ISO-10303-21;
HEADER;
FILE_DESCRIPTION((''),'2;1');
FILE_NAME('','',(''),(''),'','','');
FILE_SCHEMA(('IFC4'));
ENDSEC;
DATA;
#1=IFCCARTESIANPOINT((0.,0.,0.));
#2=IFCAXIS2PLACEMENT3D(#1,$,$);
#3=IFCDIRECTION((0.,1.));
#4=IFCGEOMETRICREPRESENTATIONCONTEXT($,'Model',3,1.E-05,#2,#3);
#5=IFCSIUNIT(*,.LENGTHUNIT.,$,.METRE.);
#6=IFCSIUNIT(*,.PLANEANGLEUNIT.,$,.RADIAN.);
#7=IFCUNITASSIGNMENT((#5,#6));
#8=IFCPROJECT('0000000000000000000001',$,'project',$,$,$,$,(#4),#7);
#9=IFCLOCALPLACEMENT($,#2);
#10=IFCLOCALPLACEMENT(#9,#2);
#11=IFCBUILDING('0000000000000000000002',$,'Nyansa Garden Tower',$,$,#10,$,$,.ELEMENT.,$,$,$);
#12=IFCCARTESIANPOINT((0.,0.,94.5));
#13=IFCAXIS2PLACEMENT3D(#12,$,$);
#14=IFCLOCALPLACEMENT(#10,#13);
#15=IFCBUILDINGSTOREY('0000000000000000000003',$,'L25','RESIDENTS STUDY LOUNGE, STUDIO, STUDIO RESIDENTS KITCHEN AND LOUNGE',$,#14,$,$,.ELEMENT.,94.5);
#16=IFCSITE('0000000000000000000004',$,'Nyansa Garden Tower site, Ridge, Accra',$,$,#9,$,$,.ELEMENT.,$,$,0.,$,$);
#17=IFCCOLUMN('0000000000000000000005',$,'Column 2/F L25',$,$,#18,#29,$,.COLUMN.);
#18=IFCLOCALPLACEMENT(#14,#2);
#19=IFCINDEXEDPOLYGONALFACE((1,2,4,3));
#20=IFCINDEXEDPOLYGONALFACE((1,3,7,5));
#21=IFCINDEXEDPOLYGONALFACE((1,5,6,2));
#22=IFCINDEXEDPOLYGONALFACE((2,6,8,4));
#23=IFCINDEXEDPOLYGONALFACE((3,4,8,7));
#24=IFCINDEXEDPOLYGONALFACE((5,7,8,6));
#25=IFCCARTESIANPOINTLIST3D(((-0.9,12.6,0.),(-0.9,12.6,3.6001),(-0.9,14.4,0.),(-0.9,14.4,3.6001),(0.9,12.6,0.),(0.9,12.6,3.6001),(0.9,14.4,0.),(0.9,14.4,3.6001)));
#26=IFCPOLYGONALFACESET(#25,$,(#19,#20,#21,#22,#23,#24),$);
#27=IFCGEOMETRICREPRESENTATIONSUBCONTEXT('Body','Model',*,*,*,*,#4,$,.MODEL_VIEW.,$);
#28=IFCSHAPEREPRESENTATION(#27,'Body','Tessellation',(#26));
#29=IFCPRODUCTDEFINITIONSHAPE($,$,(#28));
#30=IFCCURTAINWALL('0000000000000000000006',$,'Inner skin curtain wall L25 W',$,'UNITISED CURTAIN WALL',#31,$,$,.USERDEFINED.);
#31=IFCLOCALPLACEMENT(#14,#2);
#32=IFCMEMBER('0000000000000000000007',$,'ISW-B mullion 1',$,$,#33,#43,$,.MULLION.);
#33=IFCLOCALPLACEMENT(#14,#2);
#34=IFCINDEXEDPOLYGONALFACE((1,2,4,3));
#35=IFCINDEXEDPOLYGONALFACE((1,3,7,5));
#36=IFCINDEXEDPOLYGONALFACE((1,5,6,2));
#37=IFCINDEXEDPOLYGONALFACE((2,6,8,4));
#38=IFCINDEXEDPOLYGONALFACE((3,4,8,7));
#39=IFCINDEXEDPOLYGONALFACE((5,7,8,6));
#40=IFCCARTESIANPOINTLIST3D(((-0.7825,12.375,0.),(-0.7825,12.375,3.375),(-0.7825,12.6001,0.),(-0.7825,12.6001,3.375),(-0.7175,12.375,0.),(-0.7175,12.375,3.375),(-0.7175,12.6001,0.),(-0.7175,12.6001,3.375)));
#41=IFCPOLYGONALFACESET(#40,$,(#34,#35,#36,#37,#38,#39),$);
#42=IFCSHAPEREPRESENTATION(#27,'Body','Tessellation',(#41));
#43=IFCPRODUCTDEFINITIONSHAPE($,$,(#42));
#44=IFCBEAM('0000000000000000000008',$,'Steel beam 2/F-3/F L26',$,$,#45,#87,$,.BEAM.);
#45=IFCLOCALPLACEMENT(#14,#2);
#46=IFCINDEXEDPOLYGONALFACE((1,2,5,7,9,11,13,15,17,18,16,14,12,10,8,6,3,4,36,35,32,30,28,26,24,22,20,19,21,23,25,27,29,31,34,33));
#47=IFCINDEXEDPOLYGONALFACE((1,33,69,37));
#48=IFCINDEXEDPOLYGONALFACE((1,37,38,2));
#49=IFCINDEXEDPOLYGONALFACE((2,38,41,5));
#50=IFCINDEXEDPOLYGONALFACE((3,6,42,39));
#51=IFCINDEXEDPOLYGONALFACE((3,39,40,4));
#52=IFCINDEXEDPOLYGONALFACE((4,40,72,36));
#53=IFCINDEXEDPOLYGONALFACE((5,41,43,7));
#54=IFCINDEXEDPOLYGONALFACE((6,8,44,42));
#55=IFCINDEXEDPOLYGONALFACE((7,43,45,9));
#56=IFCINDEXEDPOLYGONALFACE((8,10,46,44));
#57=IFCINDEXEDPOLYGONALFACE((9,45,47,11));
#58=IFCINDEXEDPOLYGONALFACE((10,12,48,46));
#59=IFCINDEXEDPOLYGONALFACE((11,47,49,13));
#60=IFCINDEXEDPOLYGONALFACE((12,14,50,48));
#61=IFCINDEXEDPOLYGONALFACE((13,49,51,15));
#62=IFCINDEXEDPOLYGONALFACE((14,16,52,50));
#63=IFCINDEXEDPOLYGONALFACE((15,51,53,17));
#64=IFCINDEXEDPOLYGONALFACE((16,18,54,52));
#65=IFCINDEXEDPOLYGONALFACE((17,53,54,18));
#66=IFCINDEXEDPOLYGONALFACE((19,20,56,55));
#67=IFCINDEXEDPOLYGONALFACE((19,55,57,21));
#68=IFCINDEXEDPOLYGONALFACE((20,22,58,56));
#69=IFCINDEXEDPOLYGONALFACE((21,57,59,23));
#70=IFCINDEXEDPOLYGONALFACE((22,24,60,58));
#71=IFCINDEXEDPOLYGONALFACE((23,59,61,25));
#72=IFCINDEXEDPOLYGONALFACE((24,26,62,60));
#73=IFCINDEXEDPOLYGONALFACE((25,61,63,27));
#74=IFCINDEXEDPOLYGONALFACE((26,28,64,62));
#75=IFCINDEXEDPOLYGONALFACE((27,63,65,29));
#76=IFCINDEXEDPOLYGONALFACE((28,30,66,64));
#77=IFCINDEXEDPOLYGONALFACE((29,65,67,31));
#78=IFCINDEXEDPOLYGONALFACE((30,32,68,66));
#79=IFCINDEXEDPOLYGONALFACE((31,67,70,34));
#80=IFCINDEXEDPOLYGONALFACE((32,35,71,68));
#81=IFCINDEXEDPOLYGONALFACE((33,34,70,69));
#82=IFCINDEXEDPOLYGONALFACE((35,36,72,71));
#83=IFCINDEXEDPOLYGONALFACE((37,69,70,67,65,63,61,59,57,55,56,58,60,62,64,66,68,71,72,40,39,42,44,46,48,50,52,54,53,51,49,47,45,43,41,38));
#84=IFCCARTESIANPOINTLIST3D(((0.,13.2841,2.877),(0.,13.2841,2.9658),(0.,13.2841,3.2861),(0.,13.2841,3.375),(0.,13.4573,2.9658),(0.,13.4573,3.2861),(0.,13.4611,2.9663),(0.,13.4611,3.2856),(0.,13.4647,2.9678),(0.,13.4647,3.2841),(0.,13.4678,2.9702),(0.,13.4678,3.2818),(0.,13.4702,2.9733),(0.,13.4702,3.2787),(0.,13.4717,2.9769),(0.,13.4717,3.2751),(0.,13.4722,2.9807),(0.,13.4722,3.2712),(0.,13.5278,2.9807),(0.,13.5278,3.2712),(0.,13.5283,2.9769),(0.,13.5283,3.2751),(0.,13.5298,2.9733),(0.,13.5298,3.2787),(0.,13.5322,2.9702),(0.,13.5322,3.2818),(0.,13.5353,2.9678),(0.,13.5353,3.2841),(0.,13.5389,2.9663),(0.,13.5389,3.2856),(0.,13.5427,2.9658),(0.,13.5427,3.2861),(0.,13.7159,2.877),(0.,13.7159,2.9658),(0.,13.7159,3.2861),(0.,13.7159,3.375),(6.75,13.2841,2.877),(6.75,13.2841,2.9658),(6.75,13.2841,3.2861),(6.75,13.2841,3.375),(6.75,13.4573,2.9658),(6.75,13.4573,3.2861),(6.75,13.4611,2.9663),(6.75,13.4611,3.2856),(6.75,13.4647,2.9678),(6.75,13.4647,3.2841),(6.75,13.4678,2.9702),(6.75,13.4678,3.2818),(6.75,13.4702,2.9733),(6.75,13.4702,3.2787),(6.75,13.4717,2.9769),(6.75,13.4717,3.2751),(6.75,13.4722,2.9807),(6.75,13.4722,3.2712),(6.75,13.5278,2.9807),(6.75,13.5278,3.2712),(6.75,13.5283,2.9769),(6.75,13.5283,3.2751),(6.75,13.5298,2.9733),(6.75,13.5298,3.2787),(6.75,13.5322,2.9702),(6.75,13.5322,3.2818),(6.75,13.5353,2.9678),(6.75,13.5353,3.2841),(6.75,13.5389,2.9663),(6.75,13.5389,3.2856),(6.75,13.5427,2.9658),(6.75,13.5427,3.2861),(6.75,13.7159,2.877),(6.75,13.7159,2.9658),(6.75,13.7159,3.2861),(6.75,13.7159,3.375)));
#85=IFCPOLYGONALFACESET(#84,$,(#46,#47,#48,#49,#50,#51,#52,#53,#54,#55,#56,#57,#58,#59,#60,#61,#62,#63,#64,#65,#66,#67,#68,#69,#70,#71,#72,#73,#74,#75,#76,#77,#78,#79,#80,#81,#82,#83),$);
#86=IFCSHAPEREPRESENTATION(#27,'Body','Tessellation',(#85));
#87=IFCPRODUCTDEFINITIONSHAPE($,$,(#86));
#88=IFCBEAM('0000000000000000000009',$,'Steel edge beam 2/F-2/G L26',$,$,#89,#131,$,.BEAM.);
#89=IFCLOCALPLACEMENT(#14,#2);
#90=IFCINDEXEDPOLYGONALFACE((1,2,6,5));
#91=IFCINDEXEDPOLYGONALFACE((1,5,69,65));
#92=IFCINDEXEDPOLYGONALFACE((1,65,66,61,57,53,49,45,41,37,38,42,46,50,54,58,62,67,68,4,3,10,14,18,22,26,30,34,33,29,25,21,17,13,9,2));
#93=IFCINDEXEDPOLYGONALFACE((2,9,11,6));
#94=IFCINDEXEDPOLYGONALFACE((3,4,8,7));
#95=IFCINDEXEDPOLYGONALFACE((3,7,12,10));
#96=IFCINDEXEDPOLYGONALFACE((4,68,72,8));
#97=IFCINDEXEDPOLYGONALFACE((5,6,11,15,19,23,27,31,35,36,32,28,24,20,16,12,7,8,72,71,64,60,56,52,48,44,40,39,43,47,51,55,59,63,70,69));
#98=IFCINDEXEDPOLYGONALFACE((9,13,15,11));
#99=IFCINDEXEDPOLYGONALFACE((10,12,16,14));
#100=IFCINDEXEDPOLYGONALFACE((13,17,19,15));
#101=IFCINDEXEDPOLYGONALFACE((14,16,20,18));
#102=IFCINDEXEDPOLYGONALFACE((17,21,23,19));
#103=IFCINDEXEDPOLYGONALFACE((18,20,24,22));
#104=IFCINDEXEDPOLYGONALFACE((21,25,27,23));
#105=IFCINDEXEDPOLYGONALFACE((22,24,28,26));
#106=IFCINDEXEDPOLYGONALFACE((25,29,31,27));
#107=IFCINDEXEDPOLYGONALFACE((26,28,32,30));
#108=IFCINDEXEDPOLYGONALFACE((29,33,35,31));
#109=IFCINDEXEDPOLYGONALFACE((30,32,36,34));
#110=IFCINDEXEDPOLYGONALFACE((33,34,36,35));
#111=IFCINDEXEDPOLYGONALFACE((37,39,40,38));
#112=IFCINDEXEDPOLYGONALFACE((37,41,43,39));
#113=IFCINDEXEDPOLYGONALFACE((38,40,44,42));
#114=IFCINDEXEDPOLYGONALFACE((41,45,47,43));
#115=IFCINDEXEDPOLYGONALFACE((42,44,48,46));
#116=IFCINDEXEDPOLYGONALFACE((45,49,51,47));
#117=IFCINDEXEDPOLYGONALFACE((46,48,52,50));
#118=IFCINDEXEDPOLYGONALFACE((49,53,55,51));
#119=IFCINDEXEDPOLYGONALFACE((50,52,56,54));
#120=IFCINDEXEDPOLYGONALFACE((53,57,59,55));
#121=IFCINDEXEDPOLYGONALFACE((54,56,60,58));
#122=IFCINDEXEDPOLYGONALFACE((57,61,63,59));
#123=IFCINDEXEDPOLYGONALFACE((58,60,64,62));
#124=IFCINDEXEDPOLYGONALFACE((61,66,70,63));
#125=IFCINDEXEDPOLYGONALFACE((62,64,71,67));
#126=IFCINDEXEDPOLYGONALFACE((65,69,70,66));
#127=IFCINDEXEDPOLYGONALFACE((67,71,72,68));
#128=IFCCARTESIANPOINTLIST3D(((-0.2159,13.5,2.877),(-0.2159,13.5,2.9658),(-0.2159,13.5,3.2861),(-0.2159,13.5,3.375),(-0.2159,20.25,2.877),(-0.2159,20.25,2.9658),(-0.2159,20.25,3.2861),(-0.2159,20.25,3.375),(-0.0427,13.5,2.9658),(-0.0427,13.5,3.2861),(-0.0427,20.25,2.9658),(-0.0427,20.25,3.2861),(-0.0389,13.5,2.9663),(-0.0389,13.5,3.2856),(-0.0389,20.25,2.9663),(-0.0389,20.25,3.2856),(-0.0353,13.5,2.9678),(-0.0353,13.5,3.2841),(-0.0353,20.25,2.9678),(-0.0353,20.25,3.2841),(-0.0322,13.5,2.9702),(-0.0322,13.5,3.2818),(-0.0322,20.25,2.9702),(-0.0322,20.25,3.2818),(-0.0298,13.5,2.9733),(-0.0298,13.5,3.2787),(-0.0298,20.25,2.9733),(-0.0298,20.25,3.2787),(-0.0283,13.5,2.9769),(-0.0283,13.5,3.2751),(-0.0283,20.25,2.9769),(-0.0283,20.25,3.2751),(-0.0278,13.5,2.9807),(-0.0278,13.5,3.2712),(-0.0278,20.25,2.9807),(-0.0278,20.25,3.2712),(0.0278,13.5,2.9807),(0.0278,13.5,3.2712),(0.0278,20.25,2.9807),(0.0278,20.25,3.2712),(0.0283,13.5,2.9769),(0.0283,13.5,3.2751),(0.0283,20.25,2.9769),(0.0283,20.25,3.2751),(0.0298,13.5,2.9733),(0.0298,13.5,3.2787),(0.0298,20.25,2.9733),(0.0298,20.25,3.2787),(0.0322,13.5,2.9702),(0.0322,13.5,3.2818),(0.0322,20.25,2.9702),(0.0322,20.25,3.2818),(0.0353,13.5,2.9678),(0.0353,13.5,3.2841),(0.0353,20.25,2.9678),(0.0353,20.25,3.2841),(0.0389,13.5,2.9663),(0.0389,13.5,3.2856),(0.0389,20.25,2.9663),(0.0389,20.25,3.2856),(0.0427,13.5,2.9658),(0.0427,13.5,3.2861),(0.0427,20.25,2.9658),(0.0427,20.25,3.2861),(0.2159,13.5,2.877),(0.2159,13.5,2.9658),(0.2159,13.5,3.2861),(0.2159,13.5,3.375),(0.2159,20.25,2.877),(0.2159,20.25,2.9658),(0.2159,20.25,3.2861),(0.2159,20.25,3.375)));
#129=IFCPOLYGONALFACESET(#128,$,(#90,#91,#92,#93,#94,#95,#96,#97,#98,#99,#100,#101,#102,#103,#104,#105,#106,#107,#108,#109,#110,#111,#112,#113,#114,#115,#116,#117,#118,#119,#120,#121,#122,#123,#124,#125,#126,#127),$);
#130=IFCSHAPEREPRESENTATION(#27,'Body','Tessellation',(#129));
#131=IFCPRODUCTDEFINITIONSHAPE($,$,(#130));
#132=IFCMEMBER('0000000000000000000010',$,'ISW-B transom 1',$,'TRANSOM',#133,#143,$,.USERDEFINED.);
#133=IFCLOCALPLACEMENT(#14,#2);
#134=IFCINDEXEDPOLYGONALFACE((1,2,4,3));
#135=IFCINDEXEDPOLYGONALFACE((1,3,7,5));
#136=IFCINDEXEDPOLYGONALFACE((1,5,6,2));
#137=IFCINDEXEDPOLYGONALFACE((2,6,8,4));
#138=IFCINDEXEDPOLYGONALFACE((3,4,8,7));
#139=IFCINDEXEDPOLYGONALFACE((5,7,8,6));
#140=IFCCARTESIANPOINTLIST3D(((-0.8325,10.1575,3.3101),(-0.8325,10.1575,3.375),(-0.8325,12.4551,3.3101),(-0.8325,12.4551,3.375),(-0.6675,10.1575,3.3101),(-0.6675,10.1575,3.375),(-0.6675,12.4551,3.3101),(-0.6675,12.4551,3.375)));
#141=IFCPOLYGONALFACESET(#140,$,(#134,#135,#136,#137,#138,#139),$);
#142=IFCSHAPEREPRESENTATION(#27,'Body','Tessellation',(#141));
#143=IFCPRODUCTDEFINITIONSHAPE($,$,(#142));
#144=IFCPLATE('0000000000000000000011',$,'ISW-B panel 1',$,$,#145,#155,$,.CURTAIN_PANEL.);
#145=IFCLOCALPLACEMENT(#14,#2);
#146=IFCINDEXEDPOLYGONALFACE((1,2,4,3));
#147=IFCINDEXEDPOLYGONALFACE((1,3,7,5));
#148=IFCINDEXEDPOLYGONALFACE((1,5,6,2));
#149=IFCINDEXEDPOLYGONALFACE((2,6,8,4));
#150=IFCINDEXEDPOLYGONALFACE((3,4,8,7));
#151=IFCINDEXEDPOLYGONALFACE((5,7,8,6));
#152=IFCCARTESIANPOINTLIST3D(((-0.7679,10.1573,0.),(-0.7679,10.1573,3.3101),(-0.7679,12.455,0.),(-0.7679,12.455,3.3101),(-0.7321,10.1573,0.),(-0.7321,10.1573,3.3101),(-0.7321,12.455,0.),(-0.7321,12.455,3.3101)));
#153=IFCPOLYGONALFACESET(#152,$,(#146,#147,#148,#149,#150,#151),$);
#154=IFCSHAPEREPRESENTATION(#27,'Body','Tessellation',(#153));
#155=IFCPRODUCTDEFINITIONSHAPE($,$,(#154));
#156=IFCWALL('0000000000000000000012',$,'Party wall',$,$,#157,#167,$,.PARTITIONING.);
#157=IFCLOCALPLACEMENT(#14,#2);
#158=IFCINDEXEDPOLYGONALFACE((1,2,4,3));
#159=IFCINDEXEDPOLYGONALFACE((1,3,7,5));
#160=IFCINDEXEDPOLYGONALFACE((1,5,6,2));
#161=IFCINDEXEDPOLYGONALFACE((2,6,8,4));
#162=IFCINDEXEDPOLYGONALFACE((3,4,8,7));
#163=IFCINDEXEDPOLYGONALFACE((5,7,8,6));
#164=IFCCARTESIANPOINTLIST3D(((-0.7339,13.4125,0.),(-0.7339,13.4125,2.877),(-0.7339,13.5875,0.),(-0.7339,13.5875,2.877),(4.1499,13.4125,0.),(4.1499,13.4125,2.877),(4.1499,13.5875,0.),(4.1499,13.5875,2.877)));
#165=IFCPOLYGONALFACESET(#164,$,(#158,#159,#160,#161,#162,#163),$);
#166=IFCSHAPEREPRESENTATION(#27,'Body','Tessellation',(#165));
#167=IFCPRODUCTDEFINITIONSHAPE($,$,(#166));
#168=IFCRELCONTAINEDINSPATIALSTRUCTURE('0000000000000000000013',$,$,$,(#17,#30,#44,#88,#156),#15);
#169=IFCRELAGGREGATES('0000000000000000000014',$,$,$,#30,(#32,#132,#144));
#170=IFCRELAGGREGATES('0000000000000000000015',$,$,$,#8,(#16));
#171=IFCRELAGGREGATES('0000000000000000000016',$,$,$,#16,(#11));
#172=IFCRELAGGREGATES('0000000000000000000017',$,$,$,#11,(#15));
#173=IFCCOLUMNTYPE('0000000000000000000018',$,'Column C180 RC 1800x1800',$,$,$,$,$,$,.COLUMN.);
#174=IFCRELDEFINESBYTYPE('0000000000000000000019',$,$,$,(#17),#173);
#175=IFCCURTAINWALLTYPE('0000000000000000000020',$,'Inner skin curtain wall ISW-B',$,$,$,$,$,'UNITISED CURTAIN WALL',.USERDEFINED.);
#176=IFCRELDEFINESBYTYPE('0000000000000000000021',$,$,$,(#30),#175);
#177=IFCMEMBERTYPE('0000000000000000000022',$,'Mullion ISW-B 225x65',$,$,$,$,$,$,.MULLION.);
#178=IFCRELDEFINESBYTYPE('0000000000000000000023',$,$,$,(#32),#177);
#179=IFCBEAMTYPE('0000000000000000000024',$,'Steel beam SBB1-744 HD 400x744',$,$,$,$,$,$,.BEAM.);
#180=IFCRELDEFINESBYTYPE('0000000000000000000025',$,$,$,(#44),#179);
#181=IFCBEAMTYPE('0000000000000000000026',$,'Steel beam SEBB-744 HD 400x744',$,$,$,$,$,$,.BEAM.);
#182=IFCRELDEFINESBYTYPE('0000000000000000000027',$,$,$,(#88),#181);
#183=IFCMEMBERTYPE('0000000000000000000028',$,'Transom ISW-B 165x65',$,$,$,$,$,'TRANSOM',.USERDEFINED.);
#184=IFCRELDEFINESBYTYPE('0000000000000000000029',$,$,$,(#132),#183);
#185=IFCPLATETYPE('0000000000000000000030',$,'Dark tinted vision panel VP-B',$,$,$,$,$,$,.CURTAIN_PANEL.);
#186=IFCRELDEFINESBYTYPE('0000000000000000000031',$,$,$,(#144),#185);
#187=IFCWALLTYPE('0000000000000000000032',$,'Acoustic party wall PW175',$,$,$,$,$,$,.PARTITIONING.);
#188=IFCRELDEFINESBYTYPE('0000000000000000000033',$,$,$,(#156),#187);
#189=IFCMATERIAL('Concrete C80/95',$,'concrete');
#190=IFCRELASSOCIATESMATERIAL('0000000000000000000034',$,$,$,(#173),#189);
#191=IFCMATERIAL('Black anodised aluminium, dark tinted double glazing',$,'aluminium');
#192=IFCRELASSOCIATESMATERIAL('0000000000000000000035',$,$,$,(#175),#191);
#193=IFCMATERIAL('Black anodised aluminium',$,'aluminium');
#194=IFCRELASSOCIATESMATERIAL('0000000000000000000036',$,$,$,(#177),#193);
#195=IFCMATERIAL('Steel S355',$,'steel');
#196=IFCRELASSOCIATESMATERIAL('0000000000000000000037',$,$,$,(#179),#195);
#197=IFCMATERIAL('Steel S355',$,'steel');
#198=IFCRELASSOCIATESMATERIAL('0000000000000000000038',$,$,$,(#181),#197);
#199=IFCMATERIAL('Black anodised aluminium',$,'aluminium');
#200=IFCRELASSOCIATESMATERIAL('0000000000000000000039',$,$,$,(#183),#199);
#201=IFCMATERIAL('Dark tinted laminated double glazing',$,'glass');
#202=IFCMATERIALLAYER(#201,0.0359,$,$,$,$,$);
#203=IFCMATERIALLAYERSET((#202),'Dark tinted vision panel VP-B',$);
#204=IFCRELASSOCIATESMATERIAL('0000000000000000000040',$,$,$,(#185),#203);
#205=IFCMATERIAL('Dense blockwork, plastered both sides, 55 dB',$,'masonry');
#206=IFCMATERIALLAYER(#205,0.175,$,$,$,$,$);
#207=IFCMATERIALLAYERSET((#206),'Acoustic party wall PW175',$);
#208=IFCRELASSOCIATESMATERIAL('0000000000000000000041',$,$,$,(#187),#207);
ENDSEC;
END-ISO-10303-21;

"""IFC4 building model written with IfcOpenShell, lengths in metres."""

from ifc_helpers import new_model, si_unit, direction, frame, frame_2d, origin, origin_2d, place, context, subcontext, project, spatial, rectangle, i_section, extrude, material, layer, layer_set, material_profile, profile_set, type_object, element, aggregate, save


model = new_model("IFC4")

# Units and contexts
model_context = context("Model", 3, precision=1e-05, world=origin(), true_north=direction((0.0, 1.0)))
body_context = subcontext(model_context, "Body", "Model", "MODEL_VIEW")
ifc_project = project(units=[si_unit("LENGTHUNIT", "METRE"), si_unit("PLANEANGLEUNIT", "RADIAN")], contexts=[model_context])

# Site, building, storey
site_placement = place(None, origin())
site = spatial("IfcSite", under=ifc_project, at=site_placement, Name="Nyansa Garden Tower site, Ridge, Accra", CompositionType="ELEMENT", RefElevation=0.0)
building_placement = place(site_placement, origin())
building = spatial("IfcBuilding", under=site, at=building_placement, Name="Nyansa Garden Tower", CompositionType="ELEMENT")
storey_placement = place(building_placement, frame((0.0, 0.0, 94.5)))
storey = spatial("IfcBuildingStorey", under=building, at=storey_placement, Name="L25", Description="RESIDENTS STUDY LOUNGE, STUDIO, STUDIO RESIDENTS KITCHEN AND LOUNGE", CompositionType="ELEMENT", Elevation=94.5)

# Column
ifc_material_1 = material(Name="Concrete C80/95", Category="concrete")
ifc_material_profile_1 = material_profile(ifc_material_1, rectangle(XDim=1.8, YDim=1.8, at=origin_2d()), Name="RC 1800x1800")
ifc_profile_set_1 = profile_set([ifc_material_profile_1], Name="Concrete C80/95")
column_type = type_object("IfcColumnType", Name="Column C180 RC 1800x1800", PredefinedType="COLUMN", material=ifc_profile_set_1)
column_placement = place(storey_placement, frame((0.0, 13.5, 0.0), z_axis=(0.0, 0.0, 1.0), x_axis=(1.0, 0.0, 0.0)))
element("IfcColumn", 1, at=column_placement, inside=storey, type_object=column_type, Name="Column 2/F L25", PredefinedType="COLUMN", context=body_context, shape_type="SweptSolid", body=[
    extrude(rectangle(XDim=1.8, YDim=1.8, at=origin_2d()), origin(), (0.0, 0.0, 1.0), 3.6001),
])

# Curtain wall, member
ifc_material_2 = material(Name="Black anodised aluminium, dark tinted double glazing", Category="aluminium")
curtain_wall_type = type_object("IfcCurtainWallType", Name="Inner skin curtain wall ISW-B", ElementType="UNITISED CURTAIN WALL", PredefinedType="USERDEFINED", material=ifc_material_2)
curtain_wall_placement = place(storey_placement, origin())
curtain_wall = element("IfcCurtainWall", 2, at=curtain_wall_placement, inside=storey, type_object=curtain_wall_type, Name="Inner skin curtain wall L25 W", ObjectType="UNITISED CURTAIN WALL", PredefinedType="USERDEFINED")
ifc_material_3 = material(Name="Black anodised aluminium", Category="aluminium")
ifc_material_profile_2 = material_profile(ifc_material_3, rectangle(XDim=0.0649, YDim=0.2251, at=origin_2d()), Name="Mullion 225x65")
ifc_profile_set_2 = profile_set([ifc_material_profile_2], Name="Black anodised aluminium")
member_type_1 = type_object("IfcMemberType", Name="Mullion ISW-B 225x65", PredefinedType="MULLION", material=ifc_profile_set_2)
member_1_placement = place(storey_placement, frame((-0.75, 12.4875, 0.0), z_axis=(0.0, 0.0, 1.0), x_axis=(1.0, 0.0, 0.0)))
member_1 = element("IfcMember", 3, at=member_1_placement, type_object=member_type_1, Name="ISW-B mullion 1", PredefinedType="MULLION", context=body_context, shape_type="SweptSolid", body=[
    extrude(rectangle(XDim=0.0649, YDim=0.2251, at=origin_2d()), origin(), (0.0, 0.0, 1.0), 3.375),
])

# Beams
ifc_material_4 = material(Name="Steel S355", Category="steel")
ifc_material_profile_3 = material_profile(ifc_material_4, i_section(OverallWidth=0.4319, OverallDepth=0.498, WebThickness=0.0557, FlangeThickness=0.0889, FilletRadius=0.0149, at=origin_2d()), Name="HD 400x744")
ifc_profile_set_3 = profile_set([ifc_material_profile_3], Name="Steel S355")
beam_type_1 = type_object("IfcBeamType", Name="Steel beam SBB1-744 HD 400x744", PredefinedType="BEAM", material=ifc_profile_set_3)
beam_1_placement = place(storey_placement, frame((0.0, 13.5, 3.126), z_axis=(1.0, 0.0, 0.0), x_axis=(0.0, 1.0, 0.0)))
element("IfcBeam", 4, at=beam_1_placement, inside=storey, type_object=beam_type_1, Name="Steel beam 2/F-3/F L26", PredefinedType="BEAM", context=body_context, shape_type="SweptSolid", body=[
    extrude(i_section(OverallWidth=0.4319, OverallDepth=0.498, WebThickness=0.0557, FlangeThickness=0.0889, FilletRadius=0.0149, at=origin_2d()), origin(), (0.0, 0.0, 1.0), 6.75),
])
ifc_material_5 = material(Name="Steel S355", Category="steel")
ifc_material_profile_4 = material_profile(ifc_material_5, i_section(OverallWidth=0.4319, OverallDepth=0.498, WebThickness=0.0557, FlangeThickness=0.0889, FilletRadius=0.0149, at=origin_2d()), Name="HD 400x744")
ifc_profile_set_4 = profile_set([ifc_material_profile_4], Name="Steel S355")
beam_type_2 = type_object("IfcBeamType", Name="Steel beam SEBB-744 HD 400x744", PredefinedType="BEAM", material=ifc_profile_set_4)
beam_2_placement = place(storey_placement, frame((0.0, 13.5, 3.126), z_axis=(0.0, 1.0, 0.0), x_axis=(-1.0, 0.0, 0.0)))
element("IfcBeam", 5, at=beam_2_placement, inside=storey, type_object=beam_type_2, Name="Steel edge beam 2/F-2/G L26", PredefinedType="BEAM", context=body_context, shape_type="SweptSolid", body=[
    extrude(i_section(OverallWidth=0.4319, OverallDepth=0.498, WebThickness=0.0557, FlangeThickness=0.0889, FilletRadius=0.0149, at=origin_2d()), origin(), (0.0, 0.0, 1.0), 6.75),
])

# Member
ifc_material_6 = material(Name="Black anodised aluminium", Category="aluminium")
ifc_material_profile_5 = material_profile(ifc_material_6, rectangle(XDim=0.165, YDim=0.0649, at=origin_2d()), Name="Transom 165x65")
ifc_profile_set_5 = profile_set([ifc_material_profile_5], Name="Black anodised aluminium")
member_type_2 = type_object("IfcMemberType", Name="Transom ISW-B 165x65", ElementType="TRANSOM", PredefinedType="USERDEFINED", material=ifc_profile_set_5)
member_2_placement = place(storey_placement, frame((-0.75, 12.4551, 3.3425), z_axis=(0.0, -1.0, 0.0), x_axis=(1.0, 0.0, 0.0)))
member_2 = element("IfcMember", 6, at=member_2_placement, type_object=member_type_2, Name="ISW-B transom 1", ObjectType="TRANSOM", PredefinedType="USERDEFINED", context=body_context, shape_type="SweptSolid", body=[
    extrude(rectangle(XDim=0.165, YDim=0.0649, at=origin_2d()), origin(), (0.0, 0.0, 1.0), 2.2976),
])

# Plate
ifc_material_7 = material(Name="Dark tinted laminated double glazing", Category="glass")
ifc_layer_1 = layer(ifc_material_7, 0.0359)
ifc_layer_set_1 = layer_set([ifc_layer_1], Name="Dark tinted vision panel VP-B")
plate_type = type_object("IfcPlateType", Name="Dark tinted vision panel VP-B", PredefinedType="CURTAIN_PANEL", material=ifc_layer_set_1)
plate_placement = place(storey_placement, frame((-0.75, 11.3062, 0.0), z_axis=(0.0, 0.0, 1.0), x_axis=(0.0, -1.0, 0.0)))
plate = element("IfcPlate", 7, at=plate_placement, type_object=plate_type, Name="ISW-B panel 1", PredefinedType="CURTAIN_PANEL", context=body_context, shape_type="SweptSolid", body=[
    extrude(rectangle(XDim=2.2976, YDim=0.0359, at=origin_2d()), origin(), (0.0, 0.0, 1.0), 3.3101),
])
aggregate(curtain_wall, [member_1, member_2, plate])

# Wall
ifc_material_8 = material(Name="Dense blockwork, plastered both sides, 55 dB", Category="masonry")
ifc_layer_2 = layer(ifc_material_8, 0.175)
ifc_layer_set_2 = layer_set([ifc_layer_2], Name="Acoustic party wall PW175")
wall_type_1 = type_object("IfcWallType", Name="Acoustic party wall PW175", PredefinedType="PARTITIONING", material=ifc_layer_set_2)
wall_1_placement = place(storey_placement, frame((-0.7339, 13.5, 0.0), z_axis=(0.0, 0.0, 1.0), x_axis=(1.0, 0.0, 0.0)))
element("IfcWall", 8, at=wall_1_placement, inside=storey, type_object=wall_type_1, Name="Party wall", PredefinedType="PARTITIONING", context=body_context, shape_type="SweptSolid", body=[
    extrude(rectangle(XDim=4.8838, YDim=0.175, at=frame_2d((2.4419, 0.0))), origin(), (0.0, 0.0, 1.0), 2.877),
])

save(model, "model.ifc")
